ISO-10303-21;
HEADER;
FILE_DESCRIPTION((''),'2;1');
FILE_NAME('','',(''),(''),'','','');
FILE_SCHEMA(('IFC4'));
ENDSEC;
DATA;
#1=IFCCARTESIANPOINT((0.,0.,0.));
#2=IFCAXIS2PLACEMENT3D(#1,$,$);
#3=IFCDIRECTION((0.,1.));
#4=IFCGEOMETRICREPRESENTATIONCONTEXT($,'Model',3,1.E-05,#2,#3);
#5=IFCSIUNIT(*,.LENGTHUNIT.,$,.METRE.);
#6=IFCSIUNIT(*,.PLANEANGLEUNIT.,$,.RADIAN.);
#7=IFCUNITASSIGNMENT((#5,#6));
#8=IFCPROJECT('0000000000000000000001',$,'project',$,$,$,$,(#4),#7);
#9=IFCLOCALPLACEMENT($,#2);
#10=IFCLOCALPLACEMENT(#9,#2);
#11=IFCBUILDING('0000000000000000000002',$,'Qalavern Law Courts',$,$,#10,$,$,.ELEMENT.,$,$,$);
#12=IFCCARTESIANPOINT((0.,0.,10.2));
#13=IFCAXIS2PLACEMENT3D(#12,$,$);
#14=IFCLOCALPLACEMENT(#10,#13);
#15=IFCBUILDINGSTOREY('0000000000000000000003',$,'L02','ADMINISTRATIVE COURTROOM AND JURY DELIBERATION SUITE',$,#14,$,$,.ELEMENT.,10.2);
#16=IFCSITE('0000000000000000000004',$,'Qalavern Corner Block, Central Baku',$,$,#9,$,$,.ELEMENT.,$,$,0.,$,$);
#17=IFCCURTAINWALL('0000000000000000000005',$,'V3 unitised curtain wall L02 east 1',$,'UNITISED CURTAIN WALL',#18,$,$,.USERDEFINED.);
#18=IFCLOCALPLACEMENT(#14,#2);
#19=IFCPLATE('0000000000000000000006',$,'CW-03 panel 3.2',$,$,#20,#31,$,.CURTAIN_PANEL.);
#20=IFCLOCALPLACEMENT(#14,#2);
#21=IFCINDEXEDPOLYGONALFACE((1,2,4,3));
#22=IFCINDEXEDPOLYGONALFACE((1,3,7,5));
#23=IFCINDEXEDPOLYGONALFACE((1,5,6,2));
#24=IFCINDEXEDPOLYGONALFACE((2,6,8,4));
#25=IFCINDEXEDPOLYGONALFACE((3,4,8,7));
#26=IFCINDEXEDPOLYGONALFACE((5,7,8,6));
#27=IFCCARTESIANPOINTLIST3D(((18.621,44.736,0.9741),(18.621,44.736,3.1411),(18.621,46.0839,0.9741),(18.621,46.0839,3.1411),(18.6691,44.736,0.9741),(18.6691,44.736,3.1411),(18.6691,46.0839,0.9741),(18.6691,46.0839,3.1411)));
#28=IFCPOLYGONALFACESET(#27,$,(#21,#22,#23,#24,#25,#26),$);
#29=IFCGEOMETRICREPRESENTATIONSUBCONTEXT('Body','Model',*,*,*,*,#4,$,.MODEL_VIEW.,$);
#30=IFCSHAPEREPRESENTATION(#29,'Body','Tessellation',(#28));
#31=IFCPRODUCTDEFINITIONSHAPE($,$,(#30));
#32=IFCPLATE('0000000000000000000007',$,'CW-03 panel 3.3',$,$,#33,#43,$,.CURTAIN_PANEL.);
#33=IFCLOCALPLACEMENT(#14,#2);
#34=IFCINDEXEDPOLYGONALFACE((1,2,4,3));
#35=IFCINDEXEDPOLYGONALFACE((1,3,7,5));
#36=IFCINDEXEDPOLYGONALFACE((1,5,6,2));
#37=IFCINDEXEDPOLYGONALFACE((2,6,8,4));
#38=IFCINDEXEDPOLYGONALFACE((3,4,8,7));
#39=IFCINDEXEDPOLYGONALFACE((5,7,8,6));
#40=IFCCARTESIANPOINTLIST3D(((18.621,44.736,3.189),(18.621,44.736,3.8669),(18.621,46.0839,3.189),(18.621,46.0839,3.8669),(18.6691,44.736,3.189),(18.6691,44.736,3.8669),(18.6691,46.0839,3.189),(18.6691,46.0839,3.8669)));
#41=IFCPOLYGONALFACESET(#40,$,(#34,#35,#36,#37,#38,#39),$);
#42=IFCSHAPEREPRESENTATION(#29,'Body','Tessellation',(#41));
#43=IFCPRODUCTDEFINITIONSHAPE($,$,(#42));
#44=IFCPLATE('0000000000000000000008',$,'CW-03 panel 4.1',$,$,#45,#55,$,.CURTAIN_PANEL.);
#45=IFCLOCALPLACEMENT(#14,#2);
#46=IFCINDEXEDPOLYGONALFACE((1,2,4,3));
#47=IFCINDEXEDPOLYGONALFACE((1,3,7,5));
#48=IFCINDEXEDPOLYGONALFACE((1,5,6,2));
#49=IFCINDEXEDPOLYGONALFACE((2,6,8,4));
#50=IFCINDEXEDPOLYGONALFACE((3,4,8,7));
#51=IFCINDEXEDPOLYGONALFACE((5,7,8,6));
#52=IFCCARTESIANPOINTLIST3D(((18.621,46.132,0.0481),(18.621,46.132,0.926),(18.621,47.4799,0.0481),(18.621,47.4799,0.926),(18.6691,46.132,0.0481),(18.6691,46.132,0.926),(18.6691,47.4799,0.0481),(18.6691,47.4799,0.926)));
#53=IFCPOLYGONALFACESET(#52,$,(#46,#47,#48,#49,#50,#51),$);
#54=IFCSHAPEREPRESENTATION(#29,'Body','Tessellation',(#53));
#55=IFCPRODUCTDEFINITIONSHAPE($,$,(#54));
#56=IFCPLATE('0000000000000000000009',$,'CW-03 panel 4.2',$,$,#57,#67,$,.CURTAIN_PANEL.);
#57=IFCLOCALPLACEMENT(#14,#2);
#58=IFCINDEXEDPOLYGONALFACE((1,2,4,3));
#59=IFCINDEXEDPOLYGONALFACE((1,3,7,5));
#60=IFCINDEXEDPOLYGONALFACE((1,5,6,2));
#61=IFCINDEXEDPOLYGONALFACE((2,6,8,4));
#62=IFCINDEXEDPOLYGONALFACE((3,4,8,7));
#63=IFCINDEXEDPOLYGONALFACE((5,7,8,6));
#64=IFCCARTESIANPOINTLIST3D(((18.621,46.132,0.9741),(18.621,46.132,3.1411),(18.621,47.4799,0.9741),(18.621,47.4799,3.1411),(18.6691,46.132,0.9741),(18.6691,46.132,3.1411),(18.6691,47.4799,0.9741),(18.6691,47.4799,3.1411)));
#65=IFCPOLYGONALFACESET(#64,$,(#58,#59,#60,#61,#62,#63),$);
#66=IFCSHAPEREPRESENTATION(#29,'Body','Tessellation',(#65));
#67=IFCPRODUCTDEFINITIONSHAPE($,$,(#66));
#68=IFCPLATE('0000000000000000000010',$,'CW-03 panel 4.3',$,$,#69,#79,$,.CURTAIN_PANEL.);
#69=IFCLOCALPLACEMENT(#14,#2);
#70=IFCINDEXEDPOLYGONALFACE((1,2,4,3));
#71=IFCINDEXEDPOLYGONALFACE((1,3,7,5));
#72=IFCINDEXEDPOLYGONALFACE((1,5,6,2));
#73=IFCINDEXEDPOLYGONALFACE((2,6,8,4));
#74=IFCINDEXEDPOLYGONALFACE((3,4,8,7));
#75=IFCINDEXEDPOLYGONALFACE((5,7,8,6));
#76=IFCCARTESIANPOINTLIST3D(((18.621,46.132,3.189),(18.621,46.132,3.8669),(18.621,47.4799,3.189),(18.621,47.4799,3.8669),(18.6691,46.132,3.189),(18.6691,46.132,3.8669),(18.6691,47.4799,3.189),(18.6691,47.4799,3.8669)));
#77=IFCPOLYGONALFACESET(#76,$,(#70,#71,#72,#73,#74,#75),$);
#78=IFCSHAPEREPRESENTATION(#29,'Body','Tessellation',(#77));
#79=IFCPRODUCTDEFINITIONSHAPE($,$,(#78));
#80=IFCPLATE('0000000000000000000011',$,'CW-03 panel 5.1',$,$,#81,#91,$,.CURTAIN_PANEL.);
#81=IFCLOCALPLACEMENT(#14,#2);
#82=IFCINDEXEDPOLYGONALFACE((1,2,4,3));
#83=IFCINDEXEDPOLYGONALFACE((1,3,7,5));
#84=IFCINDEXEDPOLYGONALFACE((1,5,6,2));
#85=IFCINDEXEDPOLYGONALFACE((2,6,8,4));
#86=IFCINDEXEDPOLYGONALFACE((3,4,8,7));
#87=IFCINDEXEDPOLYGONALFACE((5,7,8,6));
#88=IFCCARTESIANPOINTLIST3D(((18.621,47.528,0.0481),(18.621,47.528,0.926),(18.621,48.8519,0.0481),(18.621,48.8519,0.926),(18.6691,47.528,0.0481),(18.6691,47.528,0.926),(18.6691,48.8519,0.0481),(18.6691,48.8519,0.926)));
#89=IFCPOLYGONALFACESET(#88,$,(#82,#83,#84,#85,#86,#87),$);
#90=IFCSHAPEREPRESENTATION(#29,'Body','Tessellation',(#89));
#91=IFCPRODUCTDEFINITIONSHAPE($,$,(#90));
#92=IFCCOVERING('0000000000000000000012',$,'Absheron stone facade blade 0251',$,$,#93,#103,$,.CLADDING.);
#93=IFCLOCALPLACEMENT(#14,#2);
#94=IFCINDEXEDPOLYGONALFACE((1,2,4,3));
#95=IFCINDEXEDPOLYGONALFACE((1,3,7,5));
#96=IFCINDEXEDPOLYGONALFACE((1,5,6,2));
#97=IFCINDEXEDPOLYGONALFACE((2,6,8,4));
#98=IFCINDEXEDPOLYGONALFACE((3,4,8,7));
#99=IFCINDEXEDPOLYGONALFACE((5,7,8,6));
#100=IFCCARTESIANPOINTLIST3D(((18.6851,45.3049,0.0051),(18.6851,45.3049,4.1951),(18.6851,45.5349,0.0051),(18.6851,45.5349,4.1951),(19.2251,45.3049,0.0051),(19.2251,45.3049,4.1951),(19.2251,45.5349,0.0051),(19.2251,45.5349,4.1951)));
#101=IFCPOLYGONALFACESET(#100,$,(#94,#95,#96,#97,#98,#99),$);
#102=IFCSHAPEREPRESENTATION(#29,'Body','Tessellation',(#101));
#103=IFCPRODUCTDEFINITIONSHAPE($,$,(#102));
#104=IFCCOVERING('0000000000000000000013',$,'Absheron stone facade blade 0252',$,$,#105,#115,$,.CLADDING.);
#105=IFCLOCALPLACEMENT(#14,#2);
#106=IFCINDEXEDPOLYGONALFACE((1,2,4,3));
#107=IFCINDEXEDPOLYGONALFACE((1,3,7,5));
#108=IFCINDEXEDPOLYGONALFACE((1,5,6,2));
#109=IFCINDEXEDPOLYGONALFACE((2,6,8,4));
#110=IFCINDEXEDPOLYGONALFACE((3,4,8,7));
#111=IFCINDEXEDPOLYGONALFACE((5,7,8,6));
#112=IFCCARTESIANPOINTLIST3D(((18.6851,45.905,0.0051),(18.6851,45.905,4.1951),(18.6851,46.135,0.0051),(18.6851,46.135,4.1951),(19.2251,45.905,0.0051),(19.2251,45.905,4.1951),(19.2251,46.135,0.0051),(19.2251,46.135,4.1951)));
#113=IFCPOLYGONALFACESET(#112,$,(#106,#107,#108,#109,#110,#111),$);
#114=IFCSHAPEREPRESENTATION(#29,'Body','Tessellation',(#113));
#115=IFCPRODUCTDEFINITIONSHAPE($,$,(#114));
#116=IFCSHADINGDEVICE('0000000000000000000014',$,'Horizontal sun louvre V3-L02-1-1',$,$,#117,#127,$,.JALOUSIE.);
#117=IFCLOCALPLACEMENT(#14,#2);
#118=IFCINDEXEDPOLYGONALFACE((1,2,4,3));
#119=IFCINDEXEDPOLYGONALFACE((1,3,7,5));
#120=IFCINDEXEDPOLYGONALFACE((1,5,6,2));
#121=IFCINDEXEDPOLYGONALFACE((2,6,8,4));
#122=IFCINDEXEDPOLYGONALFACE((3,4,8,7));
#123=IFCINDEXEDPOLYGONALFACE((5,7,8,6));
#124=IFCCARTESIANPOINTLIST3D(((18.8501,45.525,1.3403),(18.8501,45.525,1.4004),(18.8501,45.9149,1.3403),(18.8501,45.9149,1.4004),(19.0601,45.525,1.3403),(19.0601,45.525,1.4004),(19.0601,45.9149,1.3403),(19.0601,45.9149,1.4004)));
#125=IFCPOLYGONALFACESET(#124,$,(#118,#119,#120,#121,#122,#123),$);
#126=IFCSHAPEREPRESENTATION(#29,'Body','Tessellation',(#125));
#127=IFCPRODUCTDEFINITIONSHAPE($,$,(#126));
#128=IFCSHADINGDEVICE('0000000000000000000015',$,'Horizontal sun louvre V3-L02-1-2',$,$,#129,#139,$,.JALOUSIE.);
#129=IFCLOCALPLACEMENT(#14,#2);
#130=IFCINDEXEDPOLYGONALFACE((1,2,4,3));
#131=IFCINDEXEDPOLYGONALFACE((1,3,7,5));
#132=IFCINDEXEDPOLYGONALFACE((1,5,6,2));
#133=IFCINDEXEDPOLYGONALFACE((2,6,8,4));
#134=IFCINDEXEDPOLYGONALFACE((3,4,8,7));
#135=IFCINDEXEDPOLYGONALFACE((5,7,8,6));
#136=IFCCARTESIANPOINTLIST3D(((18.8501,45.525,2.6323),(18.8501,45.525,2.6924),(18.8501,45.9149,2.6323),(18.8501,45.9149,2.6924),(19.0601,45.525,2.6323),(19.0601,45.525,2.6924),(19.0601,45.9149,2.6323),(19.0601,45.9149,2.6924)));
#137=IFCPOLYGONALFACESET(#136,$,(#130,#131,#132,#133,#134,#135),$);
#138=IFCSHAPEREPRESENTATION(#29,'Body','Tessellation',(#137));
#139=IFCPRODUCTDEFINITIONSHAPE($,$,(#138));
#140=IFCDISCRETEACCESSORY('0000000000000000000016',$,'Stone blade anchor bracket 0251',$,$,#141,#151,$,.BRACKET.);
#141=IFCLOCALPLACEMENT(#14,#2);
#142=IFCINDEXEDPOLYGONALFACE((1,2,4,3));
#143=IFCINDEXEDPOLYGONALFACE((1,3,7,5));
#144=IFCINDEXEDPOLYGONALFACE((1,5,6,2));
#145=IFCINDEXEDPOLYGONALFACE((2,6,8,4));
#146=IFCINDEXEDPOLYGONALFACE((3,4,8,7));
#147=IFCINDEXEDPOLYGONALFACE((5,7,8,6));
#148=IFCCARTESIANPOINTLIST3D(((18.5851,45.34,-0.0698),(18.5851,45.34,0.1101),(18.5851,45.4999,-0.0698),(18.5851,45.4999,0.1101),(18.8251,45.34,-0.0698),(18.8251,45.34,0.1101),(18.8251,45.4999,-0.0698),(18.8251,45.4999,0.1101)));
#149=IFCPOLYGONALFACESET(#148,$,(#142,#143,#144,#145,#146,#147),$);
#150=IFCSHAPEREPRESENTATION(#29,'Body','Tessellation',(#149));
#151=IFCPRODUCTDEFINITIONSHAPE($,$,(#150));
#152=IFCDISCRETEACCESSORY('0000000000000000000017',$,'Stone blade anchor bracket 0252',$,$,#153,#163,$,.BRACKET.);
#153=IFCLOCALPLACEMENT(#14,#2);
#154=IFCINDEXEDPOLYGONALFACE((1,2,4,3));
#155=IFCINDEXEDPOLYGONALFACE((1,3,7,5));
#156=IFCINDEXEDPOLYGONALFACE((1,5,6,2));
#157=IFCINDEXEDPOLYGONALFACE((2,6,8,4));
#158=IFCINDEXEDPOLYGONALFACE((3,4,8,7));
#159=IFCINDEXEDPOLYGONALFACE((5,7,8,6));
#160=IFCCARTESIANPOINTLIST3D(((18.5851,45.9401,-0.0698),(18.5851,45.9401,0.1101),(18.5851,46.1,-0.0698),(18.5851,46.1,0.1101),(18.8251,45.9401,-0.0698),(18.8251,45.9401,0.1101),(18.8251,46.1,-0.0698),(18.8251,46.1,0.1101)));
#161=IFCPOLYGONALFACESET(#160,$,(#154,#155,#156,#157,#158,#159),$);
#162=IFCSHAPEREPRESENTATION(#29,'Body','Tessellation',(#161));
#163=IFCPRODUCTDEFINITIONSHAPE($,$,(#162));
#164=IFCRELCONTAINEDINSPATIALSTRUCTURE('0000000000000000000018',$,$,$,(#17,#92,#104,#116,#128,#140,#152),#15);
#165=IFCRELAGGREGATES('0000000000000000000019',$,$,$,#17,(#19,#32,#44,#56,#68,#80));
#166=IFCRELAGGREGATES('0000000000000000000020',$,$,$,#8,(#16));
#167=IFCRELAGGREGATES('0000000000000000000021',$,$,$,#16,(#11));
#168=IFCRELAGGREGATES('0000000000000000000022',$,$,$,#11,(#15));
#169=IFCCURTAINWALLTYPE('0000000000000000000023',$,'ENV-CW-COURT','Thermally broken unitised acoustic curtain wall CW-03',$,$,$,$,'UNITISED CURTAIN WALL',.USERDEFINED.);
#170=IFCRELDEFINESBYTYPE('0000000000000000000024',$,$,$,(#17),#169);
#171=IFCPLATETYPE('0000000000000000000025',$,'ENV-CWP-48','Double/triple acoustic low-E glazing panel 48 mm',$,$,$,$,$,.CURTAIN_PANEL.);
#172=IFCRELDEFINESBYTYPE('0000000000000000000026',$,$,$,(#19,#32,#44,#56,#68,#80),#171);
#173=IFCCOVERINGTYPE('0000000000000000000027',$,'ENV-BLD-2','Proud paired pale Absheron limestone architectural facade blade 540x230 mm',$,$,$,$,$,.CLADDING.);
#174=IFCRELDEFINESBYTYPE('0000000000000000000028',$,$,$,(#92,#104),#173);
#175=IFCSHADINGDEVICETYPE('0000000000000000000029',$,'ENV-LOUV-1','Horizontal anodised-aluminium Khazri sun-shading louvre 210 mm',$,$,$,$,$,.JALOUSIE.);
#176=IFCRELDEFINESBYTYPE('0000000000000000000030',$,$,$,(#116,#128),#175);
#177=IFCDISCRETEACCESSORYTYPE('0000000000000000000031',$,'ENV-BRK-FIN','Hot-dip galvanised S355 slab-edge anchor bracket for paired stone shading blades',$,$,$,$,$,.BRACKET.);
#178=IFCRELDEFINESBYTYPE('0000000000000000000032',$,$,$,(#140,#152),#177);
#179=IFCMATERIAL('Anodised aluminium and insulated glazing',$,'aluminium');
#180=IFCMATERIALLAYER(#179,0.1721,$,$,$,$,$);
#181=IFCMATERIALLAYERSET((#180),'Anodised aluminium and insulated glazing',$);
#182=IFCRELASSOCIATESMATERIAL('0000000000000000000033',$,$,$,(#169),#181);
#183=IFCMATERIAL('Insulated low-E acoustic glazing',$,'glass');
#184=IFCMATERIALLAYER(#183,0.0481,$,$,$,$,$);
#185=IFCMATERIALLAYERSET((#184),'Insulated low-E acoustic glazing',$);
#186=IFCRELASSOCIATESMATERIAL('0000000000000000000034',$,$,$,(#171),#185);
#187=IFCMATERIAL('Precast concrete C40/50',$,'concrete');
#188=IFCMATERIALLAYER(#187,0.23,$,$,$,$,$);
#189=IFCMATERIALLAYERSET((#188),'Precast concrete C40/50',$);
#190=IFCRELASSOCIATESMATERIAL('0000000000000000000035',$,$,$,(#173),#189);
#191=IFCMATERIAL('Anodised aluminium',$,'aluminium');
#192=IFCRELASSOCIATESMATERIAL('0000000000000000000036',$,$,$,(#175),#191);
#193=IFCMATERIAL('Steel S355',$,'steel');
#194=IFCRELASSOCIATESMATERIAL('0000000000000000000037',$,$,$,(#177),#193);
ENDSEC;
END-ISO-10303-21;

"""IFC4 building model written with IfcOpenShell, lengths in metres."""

from ifc_helpers import new_model, si_unit, direction, frame, origin, origin_2d, place, context, subcontext, project, spatial, rectangle, extrude, material, layer, layer_set, type_object, element, aggregate, save


model = new_model("IFC4")

# Units and contexts
model_context = context("Model", 3, precision=1e-05, world=origin(), true_north=direction((0.0, 1.0)))
body_context = subcontext(model_context, "Body", "Model", "MODEL_VIEW")
ifc_project = project(units=[si_unit("LENGTHUNIT", "METRE"), si_unit("PLANEANGLEUNIT", "RADIAN")], contexts=[model_context])

# Site, building, storey
site_placement = place(None, origin())
site = spatial("IfcSite", under=ifc_project, at=site_placement, Name="Qalavern Corner Block, Central Baku", CompositionType="ELEMENT", RefElevation=0.0)
building_placement = place(site_placement, origin())
building = spatial("IfcBuilding", under=site, at=building_placement, Name="Qalavern Law Courts", CompositionType="ELEMENT")
storey_placement = place(building_placement, frame((0.0, 0.0, 10.2)))
storey = spatial("IfcBuildingStorey", under=building, at=storey_placement, Name="L02", Description="ADMINISTRATIVE COURTROOM AND JURY DELIBERATION SUITE", CompositionType="ELEMENT", Elevation=10.2)

# Curtain wall, plates
ifc_material_1 = material(Name="Anodised aluminium and insulated glazing", Category="aluminium")
ifc_layer_1 = layer(ifc_material_1, 0.1721)
ifc_layer_set_1 = layer_set([ifc_layer_1], Name="Anodised aluminium and insulated glazing")
curtain_wall_type = type_object("IfcCurtainWallType", Name="ENV-CW-COURT", Description="Thermally broken unitised acoustic curtain wall CW-03", ElementType="UNITISED CURTAIN WALL", PredefinedType="USERDEFINED", material=ifc_layer_set_1)
curtain_wall_placement = place(storey_placement, origin())
curtain_wall = element("IfcCurtainWall", 1, at=curtain_wall_placement, inside=storey, type_object=curtain_wall_type, Name="V3 unitised curtain wall L02 east 1", ObjectType="UNITISED CURTAIN WALL", PredefinedType="USERDEFINED")
ifc_material_2 = material(Name="Anodised aluminium", Category="aluminium")
ifc_material_3 = material(Name="Insulated low-E acoustic glazing", Category="glass")
ifc_layer_2 = layer(ifc_material_3, 0.0481)
ifc_layer_set_2 = layer_set([ifc_layer_2], Name="Insulated low-E acoustic glazing")
plate_type = type_object("IfcPlateType", Name="ENV-CWP-48", Description="Double/triple acoustic low-E glazing panel 48 mm", PredefinedType="CURTAIN_PANEL", material=ifc_layer_set_2)
plate_1_placement = place(storey_placement, frame((18.645, 45.4099, 0.9741), z_axis=(0.0, 0.0, 1.0), x_axis=(0.0, 1.0, 0.0)))
plate_1 = element("IfcPlate", 2, at=plate_1_placement, type_object=plate_type, Name="CW-03 panel 3.2", PredefinedType="CURTAIN_PANEL", context=body_context, shape_type="SweptSolid", body=[
    extrude(rectangle(XDim=1.3479, YDim=0.0481, at=origin_2d()), origin(), (0.0, 0.0, 1.0), 2.167),
])
plate_2_placement = place(storey_placement, frame((18.645, 45.4099, 3.189), z_axis=(0.0, 0.0, 1.0), x_axis=(0.0, 1.0, 0.0)))
plate_2 = element("IfcPlate", 3, at=plate_2_placement, type_object=plate_type, Name="CW-03 panel 3.3", PredefinedType="CURTAIN_PANEL", context=body_context, shape_type="SweptSolid", body=[
    extrude(rectangle(XDim=1.3479, YDim=0.0481, at=origin_2d()), origin(), (0.0, 0.0, 1.0), 0.678),
])
plate_3_placement = place(storey_placement, frame((18.645, 46.8059, 0.0481), z_axis=(0.0, 0.0, 1.0), x_axis=(0.0, 1.0, 0.0)))
plate_3 = element("IfcPlate", 4, at=plate_3_placement, type_object=plate_type, Name="CW-03 panel 4.1", PredefinedType="CURTAIN_PANEL", context=body_context, shape_type="SweptSolid", body=[
    extrude(rectangle(XDim=1.3479, YDim=0.0481, at=origin_2d()), origin(), (0.0, 0.0, 1.0), 0.8779),
])
plate_4_placement = place(storey_placement, frame((18.645, 46.8059, 0.9741), z_axis=(0.0, 0.0, 1.0), x_axis=(0.0, 1.0, 0.0)))
plate_4 = element("IfcPlate", 5, at=plate_4_placement, type_object=plate_type, Name="CW-03 panel 4.2", PredefinedType="CURTAIN_PANEL", context=body_context, shape_type="SweptSolid", body=[
    extrude(rectangle(XDim=1.3479, YDim=0.0481, at=origin_2d()), origin(), (0.0, 0.0, 1.0), 2.167),
])
plate_5_placement = place(storey_placement, frame((18.645, 46.8059, 3.189), z_axis=(0.0, 0.0, 1.0), x_axis=(0.0, 1.0, 0.0)))
plate_5 = element("IfcPlate", 6, at=plate_5_placement, type_object=plate_type, Name="CW-03 panel 4.3", PredefinedType="CURTAIN_PANEL", context=body_context, shape_type="SweptSolid", body=[
    extrude(rectangle(XDim=1.3479, YDim=0.0481, at=origin_2d()), origin(), (0.0, 0.0, 1.0), 0.678),
])
plate_6_placement = place(storey_placement, frame((18.645, 48.1899, 0.0481), z_axis=(0.0, 0.0, 1.0), x_axis=(0.0, 1.0, 0.0)))
plate_6 = element("IfcPlate", 7, at=plate_6_placement, type_object=plate_type, Name="CW-03 panel 5.1", PredefinedType="CURTAIN_PANEL", context=body_context, shape_type="SweptSolid", body=[
    extrude(rectangle(XDim=1.324, YDim=0.0481, at=origin_2d()), origin(), (0.0, 0.0, 1.0), 0.8779),
])
aggregate(curtain_wall, [plate_1, plate_2, plate_3, plate_4, plate_5, plate_6])

# Coverings
ifc_material_4 = material(Name="Precast concrete C40/50", Category="concrete")
ifc_layer_3 = layer(ifc_material_4, 0.23)
ifc_layer_set_3 = layer_set([ifc_layer_3], Name="Precast concrete C40/50")
covering_type = type_object("IfcCoveringType", Name="ENV-BLD-2", Description="Proud paired pale Absheron limestone architectural facade blade 540x230 mm", PredefinedType="CLADDING", material=ifc_layer_set_3)
for number, where, z_axis, x_axis, name in (
    (8, (18.9551, 45.4199, 0.0051), (0.0, 0.0, 1.0), (1.0, 0.0, 0.0), "Absheron stone facade blade 0251"),
    (9, (18.9551, 46.02, 0.0051), (0.0, 0.0, 1.0), (1.0, 0.0, 0.0), "Absheron stone facade blade 0252"),
):
    element("IfcCovering", number, at=place(storey_placement, frame(where, z_axis=z_axis, x_axis=x_axis)), inside=storey, type_object=covering_type, Name=name, PredefinedType="CLADDING", context=body_context, shape_type="SweptSolid", body=[
        extrude(rectangle(XDim=0.54, YDim=0.23, at=origin_2d()), origin(), (0.0, 0.0, 1.0), 4.1899),
    ])

# Shading devices
shading_device_type = type_object("IfcShadingDeviceType", Name="ENV-LOUV-1", Description="Horizontal anodised-aluminium Khazri sun-shading louvre 210 mm", PredefinedType="JALOUSIE", material=ifc_material_2)
for number, where, z_axis, x_axis, name in (
    (10, (18.9551, 45.72, 1.3403), (0.0, 0.0, 1.0), (0.0, 1.0, 0.0), "Horizontal sun louvre V3-L02-1-1"),
    (11, (18.9551, 45.72, 2.6323), (0.0, 0.0, 1.0), (0.0, 1.0, 0.0), "Horizontal sun louvre V3-L02-1-2"),
):
    element("IfcShadingDevice", number, at=place(storey_placement, frame(where, z_axis=z_axis, x_axis=x_axis)), inside=storey, type_object=shading_device_type, Name=name, PredefinedType="JALOUSIE", context=body_context, shape_type="SweptSolid", body=[
        extrude(rectangle(XDim=0.3899, YDim=0.21, at=origin_2d()), origin(), (0.0, 0.0, 1.0), 0.0601),
    ])

# Discrete accessories
ifc_material_5 = material(Name="Steel S355", Category="steel")
discrete_accessory_type = type_object("IfcDiscreteAccessoryType", Name="ENV-BRK-FIN", Description="Hot-dip galvanised S355 slab-edge anchor bracket for paired stone shading blades", PredefinedType="BRACKET", material=ifc_material_5)
for number, where, z_axis, x_axis, name in (
    (12, (18.7051, 45.4199, -0.0698), (0.0, 0.0, 1.0), (1.0, 0.0, 0.0), "Stone blade anchor bracket 0251"),
    (13, (18.7051, 46.02, -0.0698), (0.0, 0.0, 1.0), (1.0, 0.0, 0.0), "Stone blade anchor bracket 0252"),
):
    element("IfcDiscreteAccessory", number, at=place(storey_placement, frame(where, z_axis=z_axis, x_axis=x_axis)), inside=storey, type_object=discrete_accessory_type, Name=name, PredefinedType="BRACKET", context=body_context, shape_type="SweptSolid", body=[
        extrude(rectangle(XDim=0.24, YDim=0.1599, at=origin_2d()), origin(), (0.0, 0.0, 1.0), 0.1799),
    ])

save(model, "model.ifc")
